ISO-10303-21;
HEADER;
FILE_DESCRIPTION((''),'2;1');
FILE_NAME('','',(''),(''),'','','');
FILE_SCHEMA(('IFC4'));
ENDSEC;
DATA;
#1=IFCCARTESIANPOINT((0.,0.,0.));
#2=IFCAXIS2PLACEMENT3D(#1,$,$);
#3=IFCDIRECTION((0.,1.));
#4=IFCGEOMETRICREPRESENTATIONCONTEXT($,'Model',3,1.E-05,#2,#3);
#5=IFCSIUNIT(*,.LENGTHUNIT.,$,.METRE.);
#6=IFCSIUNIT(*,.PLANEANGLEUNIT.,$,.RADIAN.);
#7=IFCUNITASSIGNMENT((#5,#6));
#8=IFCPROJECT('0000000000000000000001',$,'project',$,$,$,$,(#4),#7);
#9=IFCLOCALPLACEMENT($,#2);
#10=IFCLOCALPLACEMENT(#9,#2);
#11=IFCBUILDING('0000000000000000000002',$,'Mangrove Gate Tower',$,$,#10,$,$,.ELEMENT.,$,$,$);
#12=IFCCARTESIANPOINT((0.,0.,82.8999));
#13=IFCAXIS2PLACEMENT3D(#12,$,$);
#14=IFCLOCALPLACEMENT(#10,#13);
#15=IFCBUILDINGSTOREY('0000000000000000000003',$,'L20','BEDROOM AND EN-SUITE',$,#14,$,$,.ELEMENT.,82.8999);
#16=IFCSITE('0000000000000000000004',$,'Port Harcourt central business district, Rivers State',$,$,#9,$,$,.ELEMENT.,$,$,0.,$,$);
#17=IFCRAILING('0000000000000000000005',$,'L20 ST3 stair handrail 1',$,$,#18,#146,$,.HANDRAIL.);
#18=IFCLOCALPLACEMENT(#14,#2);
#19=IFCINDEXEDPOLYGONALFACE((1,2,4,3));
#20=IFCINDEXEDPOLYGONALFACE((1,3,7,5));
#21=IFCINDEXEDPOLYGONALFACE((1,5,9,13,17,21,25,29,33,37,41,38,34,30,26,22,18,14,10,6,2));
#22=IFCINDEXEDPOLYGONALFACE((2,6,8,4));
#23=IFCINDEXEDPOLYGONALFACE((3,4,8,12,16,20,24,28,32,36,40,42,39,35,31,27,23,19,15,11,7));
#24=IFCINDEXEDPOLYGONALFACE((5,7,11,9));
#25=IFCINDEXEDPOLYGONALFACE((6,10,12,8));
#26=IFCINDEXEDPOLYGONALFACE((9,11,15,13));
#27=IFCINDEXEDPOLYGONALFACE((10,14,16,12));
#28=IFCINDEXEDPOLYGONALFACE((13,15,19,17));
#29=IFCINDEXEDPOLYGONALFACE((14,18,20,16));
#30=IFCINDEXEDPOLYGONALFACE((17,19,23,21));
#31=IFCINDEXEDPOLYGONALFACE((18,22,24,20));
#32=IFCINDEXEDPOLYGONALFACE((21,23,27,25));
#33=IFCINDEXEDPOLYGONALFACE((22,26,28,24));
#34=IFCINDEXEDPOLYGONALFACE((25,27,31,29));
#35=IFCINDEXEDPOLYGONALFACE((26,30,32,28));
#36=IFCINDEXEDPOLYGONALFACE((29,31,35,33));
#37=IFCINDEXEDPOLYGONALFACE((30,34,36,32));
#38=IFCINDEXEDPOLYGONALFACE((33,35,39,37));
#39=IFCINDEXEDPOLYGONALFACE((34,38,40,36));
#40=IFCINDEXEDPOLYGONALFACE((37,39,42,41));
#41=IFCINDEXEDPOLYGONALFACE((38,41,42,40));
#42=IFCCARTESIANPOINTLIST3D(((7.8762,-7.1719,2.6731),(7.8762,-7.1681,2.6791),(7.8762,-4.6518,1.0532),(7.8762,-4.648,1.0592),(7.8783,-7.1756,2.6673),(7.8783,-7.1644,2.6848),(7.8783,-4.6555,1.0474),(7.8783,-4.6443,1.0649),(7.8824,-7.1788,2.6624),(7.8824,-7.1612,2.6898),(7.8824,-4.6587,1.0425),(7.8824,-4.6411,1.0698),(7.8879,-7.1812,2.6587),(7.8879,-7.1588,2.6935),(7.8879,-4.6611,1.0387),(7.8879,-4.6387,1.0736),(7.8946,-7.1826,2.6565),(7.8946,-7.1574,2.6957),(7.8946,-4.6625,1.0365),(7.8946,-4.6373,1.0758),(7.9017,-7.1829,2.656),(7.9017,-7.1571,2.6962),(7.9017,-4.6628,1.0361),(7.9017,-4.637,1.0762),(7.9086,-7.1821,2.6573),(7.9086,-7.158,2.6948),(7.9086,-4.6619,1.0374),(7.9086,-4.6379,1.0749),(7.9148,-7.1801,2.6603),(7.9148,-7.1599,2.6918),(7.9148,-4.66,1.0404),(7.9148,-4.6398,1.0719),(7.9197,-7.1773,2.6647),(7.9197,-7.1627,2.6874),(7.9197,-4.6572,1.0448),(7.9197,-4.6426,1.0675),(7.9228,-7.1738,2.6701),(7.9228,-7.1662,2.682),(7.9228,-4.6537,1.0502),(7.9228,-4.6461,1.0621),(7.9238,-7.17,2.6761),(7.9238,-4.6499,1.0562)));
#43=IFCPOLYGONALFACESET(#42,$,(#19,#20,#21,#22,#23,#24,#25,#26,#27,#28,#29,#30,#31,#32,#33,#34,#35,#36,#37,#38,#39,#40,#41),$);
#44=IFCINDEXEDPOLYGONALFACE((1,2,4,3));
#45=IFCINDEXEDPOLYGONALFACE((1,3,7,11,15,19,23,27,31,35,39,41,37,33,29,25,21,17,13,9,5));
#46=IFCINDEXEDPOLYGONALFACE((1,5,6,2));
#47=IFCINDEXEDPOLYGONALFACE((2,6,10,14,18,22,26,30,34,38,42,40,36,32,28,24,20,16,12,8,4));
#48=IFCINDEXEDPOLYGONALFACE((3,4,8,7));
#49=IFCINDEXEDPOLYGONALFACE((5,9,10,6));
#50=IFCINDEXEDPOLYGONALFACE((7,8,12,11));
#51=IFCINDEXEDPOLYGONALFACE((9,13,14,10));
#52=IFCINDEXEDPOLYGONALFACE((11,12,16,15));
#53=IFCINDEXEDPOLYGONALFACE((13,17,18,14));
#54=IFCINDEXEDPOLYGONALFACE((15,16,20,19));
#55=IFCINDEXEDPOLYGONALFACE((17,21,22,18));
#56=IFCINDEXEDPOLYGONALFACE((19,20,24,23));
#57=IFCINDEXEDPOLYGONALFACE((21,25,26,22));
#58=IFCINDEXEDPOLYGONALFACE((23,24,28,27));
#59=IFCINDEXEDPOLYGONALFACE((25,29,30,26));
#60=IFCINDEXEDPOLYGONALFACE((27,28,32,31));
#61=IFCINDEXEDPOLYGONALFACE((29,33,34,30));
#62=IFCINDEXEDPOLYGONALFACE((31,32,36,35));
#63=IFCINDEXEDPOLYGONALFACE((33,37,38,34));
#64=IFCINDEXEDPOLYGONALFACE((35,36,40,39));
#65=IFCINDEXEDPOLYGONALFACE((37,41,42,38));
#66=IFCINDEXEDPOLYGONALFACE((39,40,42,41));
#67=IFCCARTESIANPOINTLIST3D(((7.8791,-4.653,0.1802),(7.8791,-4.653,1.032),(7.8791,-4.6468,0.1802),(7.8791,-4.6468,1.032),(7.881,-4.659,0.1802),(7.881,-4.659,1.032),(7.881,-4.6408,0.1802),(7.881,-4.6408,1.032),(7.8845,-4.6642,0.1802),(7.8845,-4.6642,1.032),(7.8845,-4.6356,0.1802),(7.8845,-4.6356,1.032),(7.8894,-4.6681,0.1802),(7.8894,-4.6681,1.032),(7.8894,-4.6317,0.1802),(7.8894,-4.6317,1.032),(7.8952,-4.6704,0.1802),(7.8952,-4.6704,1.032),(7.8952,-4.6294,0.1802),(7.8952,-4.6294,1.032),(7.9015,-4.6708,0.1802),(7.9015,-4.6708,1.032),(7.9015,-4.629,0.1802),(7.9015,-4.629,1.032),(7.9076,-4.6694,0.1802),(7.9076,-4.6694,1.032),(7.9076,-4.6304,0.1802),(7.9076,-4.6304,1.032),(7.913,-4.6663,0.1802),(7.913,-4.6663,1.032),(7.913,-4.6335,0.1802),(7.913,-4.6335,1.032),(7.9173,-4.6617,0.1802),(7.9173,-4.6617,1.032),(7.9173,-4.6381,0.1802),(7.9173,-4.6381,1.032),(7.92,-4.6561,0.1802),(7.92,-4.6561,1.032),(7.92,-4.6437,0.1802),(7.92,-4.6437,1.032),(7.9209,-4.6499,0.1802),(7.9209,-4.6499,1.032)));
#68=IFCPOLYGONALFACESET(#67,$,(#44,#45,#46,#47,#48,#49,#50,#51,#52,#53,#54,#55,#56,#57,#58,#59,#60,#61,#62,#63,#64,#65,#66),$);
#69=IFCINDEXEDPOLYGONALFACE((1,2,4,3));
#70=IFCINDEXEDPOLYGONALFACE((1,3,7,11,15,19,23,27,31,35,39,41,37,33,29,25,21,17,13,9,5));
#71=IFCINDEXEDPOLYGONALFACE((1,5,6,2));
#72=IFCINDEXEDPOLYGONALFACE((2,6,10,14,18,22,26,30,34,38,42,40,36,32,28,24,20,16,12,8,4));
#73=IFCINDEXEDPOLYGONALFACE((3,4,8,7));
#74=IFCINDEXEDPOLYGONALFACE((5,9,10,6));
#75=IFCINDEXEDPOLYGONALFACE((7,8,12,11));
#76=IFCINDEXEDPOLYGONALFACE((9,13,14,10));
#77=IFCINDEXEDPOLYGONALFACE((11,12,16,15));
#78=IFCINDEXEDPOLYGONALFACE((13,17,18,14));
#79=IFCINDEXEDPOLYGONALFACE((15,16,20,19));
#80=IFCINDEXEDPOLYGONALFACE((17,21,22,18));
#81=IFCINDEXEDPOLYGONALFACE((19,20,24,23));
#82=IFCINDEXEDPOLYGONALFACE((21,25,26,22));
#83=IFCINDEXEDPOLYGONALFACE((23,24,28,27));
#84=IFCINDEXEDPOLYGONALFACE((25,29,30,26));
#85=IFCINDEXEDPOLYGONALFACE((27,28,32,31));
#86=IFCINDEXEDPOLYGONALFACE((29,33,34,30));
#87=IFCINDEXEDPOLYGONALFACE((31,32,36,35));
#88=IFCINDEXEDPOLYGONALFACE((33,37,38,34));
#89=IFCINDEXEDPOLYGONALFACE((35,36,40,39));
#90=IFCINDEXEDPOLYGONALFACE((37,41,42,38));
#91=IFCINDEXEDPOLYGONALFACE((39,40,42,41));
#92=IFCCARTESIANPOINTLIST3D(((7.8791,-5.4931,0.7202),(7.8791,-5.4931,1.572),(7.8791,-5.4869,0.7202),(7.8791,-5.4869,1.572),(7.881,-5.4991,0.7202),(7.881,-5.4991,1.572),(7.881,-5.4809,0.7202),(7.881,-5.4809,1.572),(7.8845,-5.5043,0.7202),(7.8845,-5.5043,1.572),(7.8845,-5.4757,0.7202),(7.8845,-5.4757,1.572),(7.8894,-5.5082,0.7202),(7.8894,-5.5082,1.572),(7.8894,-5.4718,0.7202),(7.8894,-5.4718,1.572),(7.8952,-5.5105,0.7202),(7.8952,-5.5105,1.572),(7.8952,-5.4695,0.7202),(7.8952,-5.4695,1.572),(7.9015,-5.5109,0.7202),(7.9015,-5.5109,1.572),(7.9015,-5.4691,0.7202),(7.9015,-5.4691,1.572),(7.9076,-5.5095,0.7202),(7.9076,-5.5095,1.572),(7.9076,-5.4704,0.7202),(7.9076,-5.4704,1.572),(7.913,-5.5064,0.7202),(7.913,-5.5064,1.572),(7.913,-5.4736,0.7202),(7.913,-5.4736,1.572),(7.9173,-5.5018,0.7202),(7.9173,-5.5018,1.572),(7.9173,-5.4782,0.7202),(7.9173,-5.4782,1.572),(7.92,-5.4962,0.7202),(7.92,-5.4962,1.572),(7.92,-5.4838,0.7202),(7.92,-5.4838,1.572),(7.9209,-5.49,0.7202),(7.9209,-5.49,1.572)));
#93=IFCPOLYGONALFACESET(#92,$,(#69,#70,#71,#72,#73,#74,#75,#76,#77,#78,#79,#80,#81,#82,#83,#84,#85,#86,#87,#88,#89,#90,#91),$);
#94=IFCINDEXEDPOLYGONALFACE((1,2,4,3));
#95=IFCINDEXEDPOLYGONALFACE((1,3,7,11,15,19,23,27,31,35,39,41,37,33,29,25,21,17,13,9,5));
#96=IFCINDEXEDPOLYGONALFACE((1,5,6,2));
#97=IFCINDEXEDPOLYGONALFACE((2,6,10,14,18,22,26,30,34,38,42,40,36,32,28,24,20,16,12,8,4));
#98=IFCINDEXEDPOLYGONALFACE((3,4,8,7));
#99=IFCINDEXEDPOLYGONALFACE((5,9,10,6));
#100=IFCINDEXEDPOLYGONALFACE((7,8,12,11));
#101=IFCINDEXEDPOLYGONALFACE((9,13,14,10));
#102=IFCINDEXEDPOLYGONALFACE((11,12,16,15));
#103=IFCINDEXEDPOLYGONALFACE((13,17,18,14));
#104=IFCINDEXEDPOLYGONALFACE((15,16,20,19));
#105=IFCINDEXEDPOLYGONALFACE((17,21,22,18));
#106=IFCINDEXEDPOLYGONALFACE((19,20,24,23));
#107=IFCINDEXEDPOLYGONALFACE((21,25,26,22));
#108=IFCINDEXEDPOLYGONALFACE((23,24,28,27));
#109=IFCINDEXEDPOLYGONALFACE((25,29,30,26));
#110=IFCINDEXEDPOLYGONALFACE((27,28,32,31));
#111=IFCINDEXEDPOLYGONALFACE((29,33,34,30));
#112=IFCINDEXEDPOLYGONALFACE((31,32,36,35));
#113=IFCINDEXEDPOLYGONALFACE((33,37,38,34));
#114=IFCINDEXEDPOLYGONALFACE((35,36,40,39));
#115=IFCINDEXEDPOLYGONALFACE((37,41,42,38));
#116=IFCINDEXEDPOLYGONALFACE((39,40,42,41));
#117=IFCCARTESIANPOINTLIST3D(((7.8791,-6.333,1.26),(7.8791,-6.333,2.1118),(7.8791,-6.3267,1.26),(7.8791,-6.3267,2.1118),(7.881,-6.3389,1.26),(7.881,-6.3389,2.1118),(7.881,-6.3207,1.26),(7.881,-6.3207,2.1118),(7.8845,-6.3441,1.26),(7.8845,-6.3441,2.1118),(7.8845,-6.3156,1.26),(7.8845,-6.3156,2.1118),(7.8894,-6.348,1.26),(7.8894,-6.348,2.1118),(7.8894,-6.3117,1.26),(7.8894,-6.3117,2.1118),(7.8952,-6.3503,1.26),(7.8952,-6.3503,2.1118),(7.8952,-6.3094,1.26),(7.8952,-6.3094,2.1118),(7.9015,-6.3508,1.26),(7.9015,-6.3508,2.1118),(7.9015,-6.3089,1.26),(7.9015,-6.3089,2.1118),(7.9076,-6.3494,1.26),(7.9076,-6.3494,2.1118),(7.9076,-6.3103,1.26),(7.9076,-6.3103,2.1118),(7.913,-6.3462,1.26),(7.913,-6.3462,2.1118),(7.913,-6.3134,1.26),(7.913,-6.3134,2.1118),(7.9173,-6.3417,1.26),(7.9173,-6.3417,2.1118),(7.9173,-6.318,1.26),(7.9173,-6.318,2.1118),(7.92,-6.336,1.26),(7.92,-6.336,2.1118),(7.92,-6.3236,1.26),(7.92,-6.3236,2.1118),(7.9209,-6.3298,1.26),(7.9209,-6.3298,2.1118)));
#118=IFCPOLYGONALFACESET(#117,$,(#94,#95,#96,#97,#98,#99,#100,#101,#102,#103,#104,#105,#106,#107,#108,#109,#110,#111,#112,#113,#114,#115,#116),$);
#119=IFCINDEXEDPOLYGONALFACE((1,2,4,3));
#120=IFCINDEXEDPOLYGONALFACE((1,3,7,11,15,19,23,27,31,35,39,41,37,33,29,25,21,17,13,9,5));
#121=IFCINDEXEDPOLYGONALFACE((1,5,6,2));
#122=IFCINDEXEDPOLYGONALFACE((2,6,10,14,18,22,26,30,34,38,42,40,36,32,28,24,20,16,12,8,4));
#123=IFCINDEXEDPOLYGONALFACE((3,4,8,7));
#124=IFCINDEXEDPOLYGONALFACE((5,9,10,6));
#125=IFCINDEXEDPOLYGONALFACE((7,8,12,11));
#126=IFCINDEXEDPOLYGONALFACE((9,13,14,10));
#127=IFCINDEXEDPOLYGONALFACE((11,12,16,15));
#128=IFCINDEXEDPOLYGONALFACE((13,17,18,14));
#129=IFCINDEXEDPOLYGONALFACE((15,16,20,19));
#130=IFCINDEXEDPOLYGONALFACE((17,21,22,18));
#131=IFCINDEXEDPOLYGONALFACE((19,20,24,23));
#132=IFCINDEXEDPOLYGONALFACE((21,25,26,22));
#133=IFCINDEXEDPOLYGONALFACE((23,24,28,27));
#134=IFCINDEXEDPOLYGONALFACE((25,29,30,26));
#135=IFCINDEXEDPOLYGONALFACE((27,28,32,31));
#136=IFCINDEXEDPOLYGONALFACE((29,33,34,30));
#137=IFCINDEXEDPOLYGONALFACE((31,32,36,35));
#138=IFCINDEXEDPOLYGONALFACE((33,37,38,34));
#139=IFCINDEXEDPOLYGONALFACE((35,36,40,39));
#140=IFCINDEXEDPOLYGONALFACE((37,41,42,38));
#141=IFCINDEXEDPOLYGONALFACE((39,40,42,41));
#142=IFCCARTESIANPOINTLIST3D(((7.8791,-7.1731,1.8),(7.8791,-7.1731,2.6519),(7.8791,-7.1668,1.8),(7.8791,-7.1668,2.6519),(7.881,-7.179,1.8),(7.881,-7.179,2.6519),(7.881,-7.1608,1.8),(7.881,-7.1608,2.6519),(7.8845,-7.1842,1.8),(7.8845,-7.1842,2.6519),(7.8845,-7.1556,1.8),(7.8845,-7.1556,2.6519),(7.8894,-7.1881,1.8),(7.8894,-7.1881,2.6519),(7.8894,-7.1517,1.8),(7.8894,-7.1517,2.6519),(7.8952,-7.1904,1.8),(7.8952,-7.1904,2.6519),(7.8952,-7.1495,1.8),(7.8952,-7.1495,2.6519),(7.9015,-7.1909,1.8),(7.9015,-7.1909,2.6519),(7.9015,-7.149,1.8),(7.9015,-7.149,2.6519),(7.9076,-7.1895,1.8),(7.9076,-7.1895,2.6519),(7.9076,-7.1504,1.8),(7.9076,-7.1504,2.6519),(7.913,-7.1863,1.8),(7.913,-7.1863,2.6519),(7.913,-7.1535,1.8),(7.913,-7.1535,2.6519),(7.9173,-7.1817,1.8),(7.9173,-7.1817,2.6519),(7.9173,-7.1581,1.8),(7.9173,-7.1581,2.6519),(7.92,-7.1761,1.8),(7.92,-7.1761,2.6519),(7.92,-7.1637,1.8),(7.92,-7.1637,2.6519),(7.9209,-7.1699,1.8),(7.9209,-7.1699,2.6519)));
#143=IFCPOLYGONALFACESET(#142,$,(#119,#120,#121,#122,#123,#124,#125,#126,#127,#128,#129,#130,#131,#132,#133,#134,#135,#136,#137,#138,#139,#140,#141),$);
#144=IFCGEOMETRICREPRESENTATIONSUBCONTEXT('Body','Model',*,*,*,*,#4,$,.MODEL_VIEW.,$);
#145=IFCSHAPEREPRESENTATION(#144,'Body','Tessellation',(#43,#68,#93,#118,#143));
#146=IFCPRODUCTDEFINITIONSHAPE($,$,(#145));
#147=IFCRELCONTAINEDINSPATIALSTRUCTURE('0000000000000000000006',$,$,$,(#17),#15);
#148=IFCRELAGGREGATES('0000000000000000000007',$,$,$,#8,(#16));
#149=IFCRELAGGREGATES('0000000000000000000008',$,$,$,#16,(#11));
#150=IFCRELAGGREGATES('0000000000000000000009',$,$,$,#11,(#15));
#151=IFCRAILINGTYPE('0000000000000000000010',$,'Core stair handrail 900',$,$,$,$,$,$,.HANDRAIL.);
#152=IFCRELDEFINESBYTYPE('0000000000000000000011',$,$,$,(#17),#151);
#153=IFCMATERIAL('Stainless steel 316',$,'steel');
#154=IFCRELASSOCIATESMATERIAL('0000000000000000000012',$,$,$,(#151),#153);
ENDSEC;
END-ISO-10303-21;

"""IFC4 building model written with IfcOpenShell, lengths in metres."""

from ifc_helpers import new_model, si_unit, direction, frame, origin, origin_2d, place, context, subcontext, project, spatial, circle, extrude, material, type_object, element, save


model = new_model("IFC4")

# Units and contexts
model_context = context("Model", 3, precision=1e-05, world=origin(), true_north=direction((0.0, 1.0)))
body_context = subcontext(model_context, "Body", "Model", "MODEL_VIEW")
ifc_project = project(units=[si_unit("LENGTHUNIT", "METRE"), si_unit("PLANEANGLEUNIT", "RADIAN")], contexts=[model_context])

# Site, building, storey
site_placement = place(None, origin())
site = spatial("IfcSite", under=ifc_project, at=site_placement, Name="Port Harcourt central business district, Rivers State", CompositionType="ELEMENT", RefElevation=0.0)
building_placement = place(site_placement, origin())
building = spatial("IfcBuilding", under=site, at=building_placement, Name="Mangrove Gate Tower", CompositionType="ELEMENT")
storey_placement = place(building_placement, frame((0.0, 0.0, 82.8999)))
storey = spatial("IfcBuildingStorey", under=building, at=storey_placement, Name="L20", Description="BEDROOM AND EN-SUITE", CompositionType="ELEMENT", Elevation=82.8999)

# Railing
ifc_material_1 = material(Name="Stainless steel 316", Category="steel")
railing_type_1 = type_object("IfcRailingType", Name="Core stair handrail 900", PredefinedType="HANDRAIL", material=ifc_material_1)
railing_1_placement = place(storey_placement, frame((7.8999, -4.6499, 0.1802)))
element("IfcRailing", 1, at=railing_1_placement, inside=storey, type_object=railing_type_1, Name="L20 ST3 stair handrail 1", PredefinedType="HANDRAIL", context=body_context, shape_type="SweptSolid", body=[
    extrude(circle(Radius=0.0239, at=origin_2d()), frame((0.0, 0.0, 0.876), z_axis=(0.0, -0.8412, 0.540725), x_axis=(1.0, 0.0, 0.0)), (0.0, 0.0, 1.0), 2.9958),
    extrude(circle(Radius=0.021, at=origin_2d()), origin(), (0.0, 0.0, 1.0), 0.8518),
    extrude(circle(Radius=0.021, at=origin_2d()), frame((0.0, -0.8401, 0.54)), (0.0, 0.0, 1.0), 0.8518),
    extrude(circle(Radius=0.021, at=origin_2d()), frame((0.0, -1.6799, 1.0798)), (0.0, 0.0, 1.0), 0.8518),
    extrude(circle(Radius=0.021, at=origin_2d()), frame((0.0, -2.52, 1.6199)), (0.0, 0.0, 1.0), 0.8518),
])

save(model, "model.ifc")
